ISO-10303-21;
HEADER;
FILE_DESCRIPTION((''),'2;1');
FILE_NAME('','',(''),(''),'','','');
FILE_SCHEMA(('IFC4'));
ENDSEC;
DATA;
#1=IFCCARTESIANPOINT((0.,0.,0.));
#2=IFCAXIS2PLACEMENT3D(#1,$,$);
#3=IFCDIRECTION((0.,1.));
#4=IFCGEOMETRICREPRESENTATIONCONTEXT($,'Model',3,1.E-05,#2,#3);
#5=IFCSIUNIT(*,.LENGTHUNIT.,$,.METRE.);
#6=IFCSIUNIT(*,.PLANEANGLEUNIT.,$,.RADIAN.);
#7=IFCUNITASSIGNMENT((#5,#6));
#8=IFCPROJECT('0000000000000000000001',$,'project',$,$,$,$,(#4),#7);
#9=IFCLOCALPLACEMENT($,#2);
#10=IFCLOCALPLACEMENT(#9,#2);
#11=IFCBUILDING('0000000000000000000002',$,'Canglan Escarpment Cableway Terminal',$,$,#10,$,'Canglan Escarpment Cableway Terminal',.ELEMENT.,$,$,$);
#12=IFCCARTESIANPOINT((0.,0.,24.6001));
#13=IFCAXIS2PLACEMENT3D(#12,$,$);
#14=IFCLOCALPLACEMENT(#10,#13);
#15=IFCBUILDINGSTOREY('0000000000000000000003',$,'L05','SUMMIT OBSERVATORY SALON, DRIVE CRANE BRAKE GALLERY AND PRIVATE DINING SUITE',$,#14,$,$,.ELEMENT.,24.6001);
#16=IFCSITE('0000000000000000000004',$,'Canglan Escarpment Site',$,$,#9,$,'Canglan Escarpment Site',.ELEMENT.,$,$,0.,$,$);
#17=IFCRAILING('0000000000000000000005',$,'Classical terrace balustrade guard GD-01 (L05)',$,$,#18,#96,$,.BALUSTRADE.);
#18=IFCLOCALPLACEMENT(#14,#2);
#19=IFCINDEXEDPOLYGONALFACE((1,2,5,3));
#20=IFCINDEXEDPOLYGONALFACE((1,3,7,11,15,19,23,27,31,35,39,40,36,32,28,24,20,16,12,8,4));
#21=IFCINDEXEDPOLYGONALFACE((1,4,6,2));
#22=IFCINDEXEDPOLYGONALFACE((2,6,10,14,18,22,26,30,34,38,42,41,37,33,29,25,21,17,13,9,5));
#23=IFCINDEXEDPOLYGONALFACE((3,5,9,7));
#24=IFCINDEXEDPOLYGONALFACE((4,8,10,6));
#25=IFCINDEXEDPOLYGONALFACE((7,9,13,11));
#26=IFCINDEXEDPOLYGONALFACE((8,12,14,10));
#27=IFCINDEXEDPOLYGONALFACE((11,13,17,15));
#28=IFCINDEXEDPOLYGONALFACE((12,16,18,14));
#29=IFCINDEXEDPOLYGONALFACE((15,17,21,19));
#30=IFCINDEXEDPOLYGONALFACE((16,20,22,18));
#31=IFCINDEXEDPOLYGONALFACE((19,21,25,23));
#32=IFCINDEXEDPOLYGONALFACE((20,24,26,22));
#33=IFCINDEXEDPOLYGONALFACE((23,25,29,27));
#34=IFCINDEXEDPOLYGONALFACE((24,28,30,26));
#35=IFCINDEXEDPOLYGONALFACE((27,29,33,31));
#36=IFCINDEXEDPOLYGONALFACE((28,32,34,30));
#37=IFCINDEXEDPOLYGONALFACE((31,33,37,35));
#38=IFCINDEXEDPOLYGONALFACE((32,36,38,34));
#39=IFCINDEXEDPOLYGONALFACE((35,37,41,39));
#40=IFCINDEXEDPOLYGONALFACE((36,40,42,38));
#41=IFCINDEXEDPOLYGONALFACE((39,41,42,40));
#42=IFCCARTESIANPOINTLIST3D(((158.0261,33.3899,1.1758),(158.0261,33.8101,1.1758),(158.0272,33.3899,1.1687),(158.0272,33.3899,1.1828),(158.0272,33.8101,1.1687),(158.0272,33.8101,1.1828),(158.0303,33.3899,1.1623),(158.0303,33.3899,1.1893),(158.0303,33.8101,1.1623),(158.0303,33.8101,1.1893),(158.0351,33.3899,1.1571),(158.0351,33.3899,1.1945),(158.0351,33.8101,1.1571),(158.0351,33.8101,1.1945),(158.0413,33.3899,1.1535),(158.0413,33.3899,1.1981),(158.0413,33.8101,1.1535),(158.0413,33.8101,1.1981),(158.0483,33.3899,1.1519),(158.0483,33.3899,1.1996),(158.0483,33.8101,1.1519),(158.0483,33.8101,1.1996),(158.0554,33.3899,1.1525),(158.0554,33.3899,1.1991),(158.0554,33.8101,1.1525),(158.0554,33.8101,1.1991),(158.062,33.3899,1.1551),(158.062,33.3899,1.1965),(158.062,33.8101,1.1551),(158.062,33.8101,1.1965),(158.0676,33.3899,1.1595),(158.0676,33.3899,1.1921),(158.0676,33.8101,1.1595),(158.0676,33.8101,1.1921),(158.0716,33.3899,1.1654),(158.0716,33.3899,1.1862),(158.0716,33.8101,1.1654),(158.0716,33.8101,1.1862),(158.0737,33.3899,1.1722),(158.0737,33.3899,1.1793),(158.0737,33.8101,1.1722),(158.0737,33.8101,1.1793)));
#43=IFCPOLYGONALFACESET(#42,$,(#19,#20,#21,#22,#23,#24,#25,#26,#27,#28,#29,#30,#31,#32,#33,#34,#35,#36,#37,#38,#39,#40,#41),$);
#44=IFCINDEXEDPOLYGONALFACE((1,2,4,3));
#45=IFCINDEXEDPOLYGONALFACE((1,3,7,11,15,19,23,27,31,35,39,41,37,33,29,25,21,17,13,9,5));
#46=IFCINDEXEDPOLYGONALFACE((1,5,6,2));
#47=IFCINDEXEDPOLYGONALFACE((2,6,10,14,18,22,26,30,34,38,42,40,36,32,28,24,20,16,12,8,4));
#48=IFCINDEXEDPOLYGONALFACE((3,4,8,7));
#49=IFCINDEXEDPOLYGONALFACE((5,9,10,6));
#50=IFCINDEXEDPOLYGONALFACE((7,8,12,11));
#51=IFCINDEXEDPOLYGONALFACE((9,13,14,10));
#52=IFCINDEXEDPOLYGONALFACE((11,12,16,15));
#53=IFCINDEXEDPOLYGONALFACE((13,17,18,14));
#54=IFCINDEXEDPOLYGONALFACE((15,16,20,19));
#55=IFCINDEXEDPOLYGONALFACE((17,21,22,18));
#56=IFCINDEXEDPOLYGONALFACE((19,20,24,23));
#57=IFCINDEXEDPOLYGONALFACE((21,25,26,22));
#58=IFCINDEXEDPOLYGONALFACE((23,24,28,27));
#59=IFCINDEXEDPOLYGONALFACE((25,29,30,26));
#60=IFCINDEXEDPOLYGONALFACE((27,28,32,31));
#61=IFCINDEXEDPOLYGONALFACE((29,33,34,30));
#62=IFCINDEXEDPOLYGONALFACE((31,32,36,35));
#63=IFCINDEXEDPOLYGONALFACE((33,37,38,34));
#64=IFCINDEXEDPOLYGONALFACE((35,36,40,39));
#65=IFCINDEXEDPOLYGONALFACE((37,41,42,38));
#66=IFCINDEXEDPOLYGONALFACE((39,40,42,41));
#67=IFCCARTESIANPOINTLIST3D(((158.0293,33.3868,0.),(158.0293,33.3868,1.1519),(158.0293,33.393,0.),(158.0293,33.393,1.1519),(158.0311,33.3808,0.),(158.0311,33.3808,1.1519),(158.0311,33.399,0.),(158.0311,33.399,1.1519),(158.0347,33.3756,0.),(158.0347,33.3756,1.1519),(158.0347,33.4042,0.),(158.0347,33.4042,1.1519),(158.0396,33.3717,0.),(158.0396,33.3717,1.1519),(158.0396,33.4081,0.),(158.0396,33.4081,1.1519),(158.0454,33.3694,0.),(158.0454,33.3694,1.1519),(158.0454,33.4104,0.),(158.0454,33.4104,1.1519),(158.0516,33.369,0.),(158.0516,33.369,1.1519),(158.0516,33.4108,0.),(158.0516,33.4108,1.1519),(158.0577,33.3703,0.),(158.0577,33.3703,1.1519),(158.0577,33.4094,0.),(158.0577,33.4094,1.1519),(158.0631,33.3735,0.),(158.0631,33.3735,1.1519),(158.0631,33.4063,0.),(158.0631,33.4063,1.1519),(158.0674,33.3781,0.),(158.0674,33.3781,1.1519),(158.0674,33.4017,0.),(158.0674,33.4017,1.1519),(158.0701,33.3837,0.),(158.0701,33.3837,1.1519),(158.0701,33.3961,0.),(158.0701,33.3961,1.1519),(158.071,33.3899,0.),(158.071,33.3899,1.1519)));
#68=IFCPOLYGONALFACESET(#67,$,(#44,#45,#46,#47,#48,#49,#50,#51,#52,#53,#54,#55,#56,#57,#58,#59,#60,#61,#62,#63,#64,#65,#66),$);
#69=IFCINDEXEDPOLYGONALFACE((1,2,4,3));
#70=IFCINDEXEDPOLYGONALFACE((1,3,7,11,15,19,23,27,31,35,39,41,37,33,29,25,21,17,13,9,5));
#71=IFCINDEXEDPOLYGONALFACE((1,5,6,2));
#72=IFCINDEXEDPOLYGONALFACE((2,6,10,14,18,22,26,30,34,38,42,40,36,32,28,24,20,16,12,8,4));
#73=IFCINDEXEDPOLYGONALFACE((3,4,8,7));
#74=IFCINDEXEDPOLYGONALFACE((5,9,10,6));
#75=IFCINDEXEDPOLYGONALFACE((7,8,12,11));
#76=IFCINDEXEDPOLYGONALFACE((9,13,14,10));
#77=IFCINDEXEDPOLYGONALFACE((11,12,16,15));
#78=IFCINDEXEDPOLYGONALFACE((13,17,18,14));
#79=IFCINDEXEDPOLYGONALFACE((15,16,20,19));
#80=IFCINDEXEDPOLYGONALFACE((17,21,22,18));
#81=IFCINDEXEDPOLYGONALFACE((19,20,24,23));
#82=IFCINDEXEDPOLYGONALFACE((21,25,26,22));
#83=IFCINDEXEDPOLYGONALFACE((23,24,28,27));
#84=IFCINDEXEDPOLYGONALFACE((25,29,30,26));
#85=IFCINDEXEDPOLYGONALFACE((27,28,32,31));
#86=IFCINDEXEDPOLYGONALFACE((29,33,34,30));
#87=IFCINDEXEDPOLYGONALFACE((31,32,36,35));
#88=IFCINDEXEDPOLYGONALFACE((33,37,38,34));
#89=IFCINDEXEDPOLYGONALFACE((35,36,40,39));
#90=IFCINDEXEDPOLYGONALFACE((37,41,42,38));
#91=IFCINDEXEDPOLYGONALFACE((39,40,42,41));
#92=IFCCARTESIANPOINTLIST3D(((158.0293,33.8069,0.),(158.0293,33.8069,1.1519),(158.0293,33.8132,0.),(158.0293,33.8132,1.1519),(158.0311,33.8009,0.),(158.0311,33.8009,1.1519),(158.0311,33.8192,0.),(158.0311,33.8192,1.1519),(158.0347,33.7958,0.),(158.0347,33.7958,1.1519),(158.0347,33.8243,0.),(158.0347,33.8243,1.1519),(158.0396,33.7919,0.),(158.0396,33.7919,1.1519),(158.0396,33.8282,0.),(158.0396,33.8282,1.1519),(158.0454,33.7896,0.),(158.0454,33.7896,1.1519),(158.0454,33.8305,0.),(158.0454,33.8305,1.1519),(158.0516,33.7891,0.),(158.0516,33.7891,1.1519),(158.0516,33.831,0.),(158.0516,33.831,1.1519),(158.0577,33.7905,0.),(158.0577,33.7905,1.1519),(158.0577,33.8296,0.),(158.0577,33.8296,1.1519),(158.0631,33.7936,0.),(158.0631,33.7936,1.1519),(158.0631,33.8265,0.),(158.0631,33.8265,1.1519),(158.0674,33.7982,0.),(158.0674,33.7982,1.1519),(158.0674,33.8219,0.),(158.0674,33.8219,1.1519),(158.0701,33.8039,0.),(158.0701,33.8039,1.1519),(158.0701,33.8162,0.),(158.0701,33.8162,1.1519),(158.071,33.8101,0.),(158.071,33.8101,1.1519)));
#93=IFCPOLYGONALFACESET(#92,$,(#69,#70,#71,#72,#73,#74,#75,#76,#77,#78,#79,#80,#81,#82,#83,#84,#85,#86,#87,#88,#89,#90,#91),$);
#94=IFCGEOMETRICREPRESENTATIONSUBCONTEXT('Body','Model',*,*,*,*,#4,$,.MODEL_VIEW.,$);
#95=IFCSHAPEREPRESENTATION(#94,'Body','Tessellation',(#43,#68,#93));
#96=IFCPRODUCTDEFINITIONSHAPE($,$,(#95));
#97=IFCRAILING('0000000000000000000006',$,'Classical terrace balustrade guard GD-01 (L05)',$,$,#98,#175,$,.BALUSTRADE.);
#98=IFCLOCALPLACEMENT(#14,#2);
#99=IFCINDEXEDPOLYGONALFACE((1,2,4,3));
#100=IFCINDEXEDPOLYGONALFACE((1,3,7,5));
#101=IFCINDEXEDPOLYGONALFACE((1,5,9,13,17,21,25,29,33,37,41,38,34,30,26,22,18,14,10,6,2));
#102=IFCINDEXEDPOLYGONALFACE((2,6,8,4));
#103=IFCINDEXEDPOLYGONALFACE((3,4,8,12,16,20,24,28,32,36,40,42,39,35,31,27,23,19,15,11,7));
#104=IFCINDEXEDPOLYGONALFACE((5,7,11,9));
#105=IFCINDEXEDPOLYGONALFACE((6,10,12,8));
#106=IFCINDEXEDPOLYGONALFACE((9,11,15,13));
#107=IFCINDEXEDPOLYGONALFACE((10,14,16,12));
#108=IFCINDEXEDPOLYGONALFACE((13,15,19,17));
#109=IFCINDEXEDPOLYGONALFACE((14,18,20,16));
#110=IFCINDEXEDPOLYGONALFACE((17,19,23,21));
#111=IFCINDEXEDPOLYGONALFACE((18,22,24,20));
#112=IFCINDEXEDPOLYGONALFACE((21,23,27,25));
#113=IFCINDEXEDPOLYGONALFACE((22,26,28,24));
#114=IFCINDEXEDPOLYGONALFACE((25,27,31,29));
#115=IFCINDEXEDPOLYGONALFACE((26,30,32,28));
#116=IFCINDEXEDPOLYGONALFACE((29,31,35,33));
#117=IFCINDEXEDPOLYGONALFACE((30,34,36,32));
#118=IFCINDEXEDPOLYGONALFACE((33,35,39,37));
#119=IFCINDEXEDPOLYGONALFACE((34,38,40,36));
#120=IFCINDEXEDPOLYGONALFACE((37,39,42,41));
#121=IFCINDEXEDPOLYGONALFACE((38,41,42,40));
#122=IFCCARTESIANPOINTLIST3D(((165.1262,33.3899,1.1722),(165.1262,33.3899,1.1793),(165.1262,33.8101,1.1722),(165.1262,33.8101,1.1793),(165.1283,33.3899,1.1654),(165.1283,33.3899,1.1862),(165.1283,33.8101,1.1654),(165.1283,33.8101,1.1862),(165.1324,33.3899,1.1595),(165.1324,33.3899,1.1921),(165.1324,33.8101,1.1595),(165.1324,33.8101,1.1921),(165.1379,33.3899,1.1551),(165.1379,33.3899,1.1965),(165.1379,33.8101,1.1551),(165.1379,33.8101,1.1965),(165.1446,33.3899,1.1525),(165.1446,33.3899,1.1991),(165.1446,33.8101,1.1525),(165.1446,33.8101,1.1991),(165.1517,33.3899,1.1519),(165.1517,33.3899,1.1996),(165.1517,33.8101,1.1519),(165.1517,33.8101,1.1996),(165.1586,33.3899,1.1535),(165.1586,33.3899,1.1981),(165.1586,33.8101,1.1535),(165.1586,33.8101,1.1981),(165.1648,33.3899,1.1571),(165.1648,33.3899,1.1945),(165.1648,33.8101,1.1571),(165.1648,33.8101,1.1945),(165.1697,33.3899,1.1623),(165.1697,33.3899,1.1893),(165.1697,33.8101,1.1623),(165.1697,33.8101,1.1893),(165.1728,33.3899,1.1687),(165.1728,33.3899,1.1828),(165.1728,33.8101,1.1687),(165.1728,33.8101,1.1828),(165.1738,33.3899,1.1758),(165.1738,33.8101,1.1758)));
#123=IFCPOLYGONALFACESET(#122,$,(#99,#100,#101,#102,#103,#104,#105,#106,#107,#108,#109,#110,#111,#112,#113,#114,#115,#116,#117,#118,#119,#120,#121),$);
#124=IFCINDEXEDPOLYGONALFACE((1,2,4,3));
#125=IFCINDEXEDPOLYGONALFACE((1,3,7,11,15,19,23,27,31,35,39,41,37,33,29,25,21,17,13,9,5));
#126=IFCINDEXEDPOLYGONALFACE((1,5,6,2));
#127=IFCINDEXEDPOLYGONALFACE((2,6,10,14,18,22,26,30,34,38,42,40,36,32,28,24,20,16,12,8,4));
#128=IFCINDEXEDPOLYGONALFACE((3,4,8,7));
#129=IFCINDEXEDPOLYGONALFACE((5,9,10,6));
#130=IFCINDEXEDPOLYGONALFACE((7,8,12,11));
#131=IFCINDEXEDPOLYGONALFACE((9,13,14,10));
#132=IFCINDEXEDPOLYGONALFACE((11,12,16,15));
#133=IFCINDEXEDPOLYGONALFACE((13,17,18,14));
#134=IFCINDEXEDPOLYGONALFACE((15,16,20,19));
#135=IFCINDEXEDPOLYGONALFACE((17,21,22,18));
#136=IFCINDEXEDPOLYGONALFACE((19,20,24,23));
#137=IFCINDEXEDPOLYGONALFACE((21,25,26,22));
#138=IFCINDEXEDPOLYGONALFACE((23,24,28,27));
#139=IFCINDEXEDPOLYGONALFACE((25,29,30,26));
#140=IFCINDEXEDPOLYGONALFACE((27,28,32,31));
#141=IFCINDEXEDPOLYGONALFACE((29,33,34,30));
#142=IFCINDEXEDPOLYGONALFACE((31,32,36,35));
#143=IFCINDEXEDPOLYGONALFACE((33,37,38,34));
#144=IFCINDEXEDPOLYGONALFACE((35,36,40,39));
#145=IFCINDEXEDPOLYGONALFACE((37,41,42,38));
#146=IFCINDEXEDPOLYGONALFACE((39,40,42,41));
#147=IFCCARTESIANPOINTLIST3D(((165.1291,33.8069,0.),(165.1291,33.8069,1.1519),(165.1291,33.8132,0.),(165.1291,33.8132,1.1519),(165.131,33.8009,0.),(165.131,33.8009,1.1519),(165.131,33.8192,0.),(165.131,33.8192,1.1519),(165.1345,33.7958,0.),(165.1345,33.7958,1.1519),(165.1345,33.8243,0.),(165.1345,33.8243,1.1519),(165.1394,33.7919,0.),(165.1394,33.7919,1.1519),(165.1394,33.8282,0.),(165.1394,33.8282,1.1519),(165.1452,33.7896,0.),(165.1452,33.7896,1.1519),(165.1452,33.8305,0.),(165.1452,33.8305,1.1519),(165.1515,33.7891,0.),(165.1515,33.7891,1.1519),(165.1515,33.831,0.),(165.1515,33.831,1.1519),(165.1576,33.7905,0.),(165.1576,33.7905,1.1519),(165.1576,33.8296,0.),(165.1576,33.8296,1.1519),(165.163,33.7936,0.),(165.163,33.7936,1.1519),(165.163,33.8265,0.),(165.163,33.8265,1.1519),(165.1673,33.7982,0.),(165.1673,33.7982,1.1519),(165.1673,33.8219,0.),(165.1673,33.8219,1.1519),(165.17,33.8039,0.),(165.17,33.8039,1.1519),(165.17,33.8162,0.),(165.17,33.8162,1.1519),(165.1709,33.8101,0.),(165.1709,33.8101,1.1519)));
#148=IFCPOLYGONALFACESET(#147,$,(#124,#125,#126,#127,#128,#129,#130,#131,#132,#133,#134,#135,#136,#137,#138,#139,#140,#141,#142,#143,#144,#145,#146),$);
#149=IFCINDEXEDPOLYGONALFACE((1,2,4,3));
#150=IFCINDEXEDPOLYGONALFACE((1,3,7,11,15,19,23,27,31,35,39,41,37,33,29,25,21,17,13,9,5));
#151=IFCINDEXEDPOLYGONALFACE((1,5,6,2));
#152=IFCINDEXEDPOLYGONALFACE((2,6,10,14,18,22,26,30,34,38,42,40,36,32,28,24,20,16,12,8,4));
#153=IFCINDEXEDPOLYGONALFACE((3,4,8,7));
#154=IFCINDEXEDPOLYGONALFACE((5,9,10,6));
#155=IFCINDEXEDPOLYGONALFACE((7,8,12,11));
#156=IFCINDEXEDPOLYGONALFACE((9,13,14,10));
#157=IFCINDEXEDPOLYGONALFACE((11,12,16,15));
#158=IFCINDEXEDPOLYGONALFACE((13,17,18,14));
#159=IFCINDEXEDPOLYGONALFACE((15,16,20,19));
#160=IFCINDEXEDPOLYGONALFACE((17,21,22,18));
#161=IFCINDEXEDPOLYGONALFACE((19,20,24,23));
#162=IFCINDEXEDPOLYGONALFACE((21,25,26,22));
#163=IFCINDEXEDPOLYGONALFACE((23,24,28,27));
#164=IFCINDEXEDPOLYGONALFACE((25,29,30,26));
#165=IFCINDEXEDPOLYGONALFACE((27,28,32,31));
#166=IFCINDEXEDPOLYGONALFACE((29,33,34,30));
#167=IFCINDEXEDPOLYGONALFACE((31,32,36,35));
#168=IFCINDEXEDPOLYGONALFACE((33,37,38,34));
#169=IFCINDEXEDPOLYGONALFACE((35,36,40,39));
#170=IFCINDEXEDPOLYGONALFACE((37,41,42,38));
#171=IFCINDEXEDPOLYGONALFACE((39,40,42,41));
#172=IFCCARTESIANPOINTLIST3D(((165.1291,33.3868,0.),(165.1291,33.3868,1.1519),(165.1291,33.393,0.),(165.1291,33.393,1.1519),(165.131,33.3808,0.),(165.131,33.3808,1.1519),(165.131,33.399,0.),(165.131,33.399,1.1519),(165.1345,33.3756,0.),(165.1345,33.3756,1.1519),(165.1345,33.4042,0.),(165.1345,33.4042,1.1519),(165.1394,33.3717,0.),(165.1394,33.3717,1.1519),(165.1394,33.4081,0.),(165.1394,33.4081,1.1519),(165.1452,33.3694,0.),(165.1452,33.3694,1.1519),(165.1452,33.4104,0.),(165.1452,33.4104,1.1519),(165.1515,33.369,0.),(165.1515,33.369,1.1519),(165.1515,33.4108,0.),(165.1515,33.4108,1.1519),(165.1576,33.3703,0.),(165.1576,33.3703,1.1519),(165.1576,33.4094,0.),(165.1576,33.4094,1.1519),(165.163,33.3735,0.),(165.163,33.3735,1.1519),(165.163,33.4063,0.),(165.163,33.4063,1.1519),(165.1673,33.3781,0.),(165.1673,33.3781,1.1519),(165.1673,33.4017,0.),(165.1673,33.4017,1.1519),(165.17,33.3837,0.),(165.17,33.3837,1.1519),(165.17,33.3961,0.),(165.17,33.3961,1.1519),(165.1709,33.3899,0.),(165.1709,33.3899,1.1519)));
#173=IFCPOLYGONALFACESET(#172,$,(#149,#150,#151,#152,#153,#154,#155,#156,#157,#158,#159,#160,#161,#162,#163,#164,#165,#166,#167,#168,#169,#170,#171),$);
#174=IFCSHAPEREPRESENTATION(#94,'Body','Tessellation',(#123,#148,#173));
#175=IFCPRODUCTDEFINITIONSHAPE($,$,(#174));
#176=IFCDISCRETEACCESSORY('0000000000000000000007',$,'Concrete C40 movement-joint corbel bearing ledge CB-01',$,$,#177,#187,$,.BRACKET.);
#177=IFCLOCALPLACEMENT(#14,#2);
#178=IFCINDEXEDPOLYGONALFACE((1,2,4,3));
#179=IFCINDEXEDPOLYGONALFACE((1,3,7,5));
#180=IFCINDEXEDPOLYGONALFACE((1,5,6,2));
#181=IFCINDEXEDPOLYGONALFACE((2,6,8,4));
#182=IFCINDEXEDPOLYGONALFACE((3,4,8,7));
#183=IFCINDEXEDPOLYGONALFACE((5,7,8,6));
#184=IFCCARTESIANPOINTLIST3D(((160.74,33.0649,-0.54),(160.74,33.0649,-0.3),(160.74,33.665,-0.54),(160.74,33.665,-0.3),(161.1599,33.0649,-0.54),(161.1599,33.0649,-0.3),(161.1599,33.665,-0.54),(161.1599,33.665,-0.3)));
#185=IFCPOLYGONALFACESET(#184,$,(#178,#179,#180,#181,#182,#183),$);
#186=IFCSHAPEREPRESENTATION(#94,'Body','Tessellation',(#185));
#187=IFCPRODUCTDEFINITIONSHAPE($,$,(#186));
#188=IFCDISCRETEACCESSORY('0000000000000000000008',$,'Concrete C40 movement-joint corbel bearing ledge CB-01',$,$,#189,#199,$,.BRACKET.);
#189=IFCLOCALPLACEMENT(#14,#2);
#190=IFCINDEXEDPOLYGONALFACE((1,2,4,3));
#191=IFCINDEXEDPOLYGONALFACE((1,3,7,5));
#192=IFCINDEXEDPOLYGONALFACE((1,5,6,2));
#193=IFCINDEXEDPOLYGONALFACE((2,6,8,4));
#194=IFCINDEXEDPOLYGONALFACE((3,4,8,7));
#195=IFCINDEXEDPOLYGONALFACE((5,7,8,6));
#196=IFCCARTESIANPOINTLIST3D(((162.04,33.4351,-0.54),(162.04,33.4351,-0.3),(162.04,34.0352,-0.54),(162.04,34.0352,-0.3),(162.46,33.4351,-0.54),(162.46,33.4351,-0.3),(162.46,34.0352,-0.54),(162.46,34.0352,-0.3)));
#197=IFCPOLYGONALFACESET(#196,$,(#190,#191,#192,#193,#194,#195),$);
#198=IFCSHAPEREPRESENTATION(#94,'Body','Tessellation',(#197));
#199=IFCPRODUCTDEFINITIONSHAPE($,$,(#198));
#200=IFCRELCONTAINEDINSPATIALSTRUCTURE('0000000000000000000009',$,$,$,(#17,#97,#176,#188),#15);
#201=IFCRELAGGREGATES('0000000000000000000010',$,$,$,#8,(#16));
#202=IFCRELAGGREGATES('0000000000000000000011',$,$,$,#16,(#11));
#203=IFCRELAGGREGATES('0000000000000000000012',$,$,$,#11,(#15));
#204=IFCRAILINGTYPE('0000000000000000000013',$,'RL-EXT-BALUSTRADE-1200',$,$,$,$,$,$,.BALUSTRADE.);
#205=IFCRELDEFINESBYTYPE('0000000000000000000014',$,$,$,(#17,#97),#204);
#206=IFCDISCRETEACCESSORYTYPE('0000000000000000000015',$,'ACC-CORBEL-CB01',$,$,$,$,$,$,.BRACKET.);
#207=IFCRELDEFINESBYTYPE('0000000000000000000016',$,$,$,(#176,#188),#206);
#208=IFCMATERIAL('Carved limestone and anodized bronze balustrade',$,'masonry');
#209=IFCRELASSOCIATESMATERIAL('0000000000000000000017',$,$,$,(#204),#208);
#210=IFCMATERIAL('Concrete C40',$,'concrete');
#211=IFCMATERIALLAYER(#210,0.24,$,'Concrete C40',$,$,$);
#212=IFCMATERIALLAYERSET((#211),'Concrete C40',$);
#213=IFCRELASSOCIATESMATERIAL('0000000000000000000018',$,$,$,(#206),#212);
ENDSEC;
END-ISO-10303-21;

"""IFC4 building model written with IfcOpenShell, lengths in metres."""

from ifc_helpers import new_model, si_unit, direction, frame, origin, origin_2d, place, context, subcontext, project, spatial, rectangle, circle, extrude, material, layer, layer_set, type_object, element, save


model = new_model("IFC4")

# Units and contexts
model_context = context("Model", 3, precision=1e-05, world=origin(), true_north=direction((0.0, 1.0)))
body_context = subcontext(model_context, "Body", "Model", "MODEL_VIEW")
ifc_project = project(units=[si_unit("LENGTHUNIT", "METRE"), si_unit("PLANEANGLEUNIT", "RADIAN")], contexts=[model_context])

# Site, building, storey
site_placement = place(None, origin())
site = spatial("IfcSite", under=ifc_project, at=site_placement, Name="Canglan Escarpment Site", LongName="Canglan Escarpment Site", CompositionType="ELEMENT", RefElevation=0.0)
building_placement = place(site_placement, origin())
building = spatial("IfcBuilding", under=site, at=building_placement, Name="Canglan Escarpment Cableway Terminal", LongName="Canglan Escarpment Cableway Terminal", CompositionType="ELEMENT")
storey_placement = place(building_placement, frame((0.0, 0.0, 24.6001)))
storey = spatial("IfcBuildingStorey", under=building, at=storey_placement, Name="L05", Description="SUMMIT OBSERVATORY SALON, DRIVE CRANE BRAKE GALLERY AND PRIVATE DINING SUITE", CompositionType="ELEMENT", Elevation=24.6001)

# Railings
ifc_material_1 = material(Name="Carved limestone and anodized bronze balustrade", Category="masonry")
railing_type = type_object("IfcRailingType", Name="RL-EXT-BALUSTRADE-1200", PredefinedType="BALUSTRADE", material=ifc_material_1)
railing_1_placement = place(storey_placement, frame((158.05, 33.3899, 0.0)))
element("IfcRailing", 1, at=railing_1_placement, inside=storey, type_object=railing_type, Name="Classical terrace balustrade guard GD-01 (L05)", PredefinedType="BALUSTRADE", context=body_context, shape_type="SweptSolid", body=[
    extrude(circle(Radius=0.0239, at=origin_2d()), frame((0.0, 0.0, 1.1758), z_axis=(0.0, 1.0, 0.0), x_axis=(-1.0, 0.0, 0.0)), (0.0, 0.0, 1.0), 0.4202),
    extrude(circle(Radius=0.021, at=origin_2d()), origin(), (0.0, 0.0, 1.0), 1.1519),
    extrude(circle(Radius=0.021, at=origin_2d()), frame((0.0, 0.4202, 0.0)), (0.0, 0.0, 1.0), 1.1519),
])
railing_2_placement = place(storey_placement, frame((165.1499, 33.8101, 0.0)))
element("IfcRailing", 2, at=railing_2_placement, inside=storey, type_object=railing_type, Name="Classical terrace balustrade guard GD-01 (L05)", PredefinedType="BALUSTRADE", context=body_context, shape_type="SweptSolid", body=[
    extrude(circle(Radius=0.0239, at=origin_2d()), frame((0.0, 0.0, 1.1758), z_axis=(0.0, -1.0, 0.0), x_axis=(1.0, 0.0, 0.0)), (0.0, 0.0, 1.0), 0.4202),
    extrude(circle(Radius=0.021, at=origin_2d()), origin(), (0.0, 0.0, 1.0), 1.1519),
    extrude(circle(Radius=0.021, at=origin_2d()), frame((0.0, -0.4202, 0.0)), (0.0, 0.0, 1.0), 1.1519),
])

# Discrete accessories
ifc_material_2 = material(Name="Concrete C40", Category="concrete")
ifc_layer_1 = layer(ifc_material_2, 0.24, Name="Concrete C40")
ifc_layer_set_1 = layer_set([ifc_layer_1], Name="Concrete C40")
discrete_accessory_type_1 = type_object("IfcDiscreteAccessoryType", Name="ACC-CORBEL-CB01", PredefinedType="BRACKET", material=ifc_layer_set_1)
for number, where, z_axis, x_axis, name in (
    (3, (160.95, 33.365, -0.54), (0.0, 0.0, 1.0), (1.0, 0.0, 0.0), "Concrete C40 movement-joint corbel bearing ledge CB-01"),
    (4, (162.25, 33.7351, -0.54), (0.0, 0.0, 1.0), (1.0, 0.0, 0.0), "Concrete C40 movement-joint corbel bearing ledge CB-01"),
):
    element("IfcDiscreteAccessory", number, at=place(storey_placement, frame(where, z_axis=z_axis, x_axis=x_axis)), inside=storey, type_object=discrete_accessory_type_1, Name=name, PredefinedType="BRACKET", context=body_context, shape_type="SweptSolid", body=[
        extrude(rectangle(XDim=0.4199, YDim=0.6001, at=origin_2d()), origin(), (0.0, 0.0, 1.0), 0.24),
    ])

save(model, "model.ifc")
